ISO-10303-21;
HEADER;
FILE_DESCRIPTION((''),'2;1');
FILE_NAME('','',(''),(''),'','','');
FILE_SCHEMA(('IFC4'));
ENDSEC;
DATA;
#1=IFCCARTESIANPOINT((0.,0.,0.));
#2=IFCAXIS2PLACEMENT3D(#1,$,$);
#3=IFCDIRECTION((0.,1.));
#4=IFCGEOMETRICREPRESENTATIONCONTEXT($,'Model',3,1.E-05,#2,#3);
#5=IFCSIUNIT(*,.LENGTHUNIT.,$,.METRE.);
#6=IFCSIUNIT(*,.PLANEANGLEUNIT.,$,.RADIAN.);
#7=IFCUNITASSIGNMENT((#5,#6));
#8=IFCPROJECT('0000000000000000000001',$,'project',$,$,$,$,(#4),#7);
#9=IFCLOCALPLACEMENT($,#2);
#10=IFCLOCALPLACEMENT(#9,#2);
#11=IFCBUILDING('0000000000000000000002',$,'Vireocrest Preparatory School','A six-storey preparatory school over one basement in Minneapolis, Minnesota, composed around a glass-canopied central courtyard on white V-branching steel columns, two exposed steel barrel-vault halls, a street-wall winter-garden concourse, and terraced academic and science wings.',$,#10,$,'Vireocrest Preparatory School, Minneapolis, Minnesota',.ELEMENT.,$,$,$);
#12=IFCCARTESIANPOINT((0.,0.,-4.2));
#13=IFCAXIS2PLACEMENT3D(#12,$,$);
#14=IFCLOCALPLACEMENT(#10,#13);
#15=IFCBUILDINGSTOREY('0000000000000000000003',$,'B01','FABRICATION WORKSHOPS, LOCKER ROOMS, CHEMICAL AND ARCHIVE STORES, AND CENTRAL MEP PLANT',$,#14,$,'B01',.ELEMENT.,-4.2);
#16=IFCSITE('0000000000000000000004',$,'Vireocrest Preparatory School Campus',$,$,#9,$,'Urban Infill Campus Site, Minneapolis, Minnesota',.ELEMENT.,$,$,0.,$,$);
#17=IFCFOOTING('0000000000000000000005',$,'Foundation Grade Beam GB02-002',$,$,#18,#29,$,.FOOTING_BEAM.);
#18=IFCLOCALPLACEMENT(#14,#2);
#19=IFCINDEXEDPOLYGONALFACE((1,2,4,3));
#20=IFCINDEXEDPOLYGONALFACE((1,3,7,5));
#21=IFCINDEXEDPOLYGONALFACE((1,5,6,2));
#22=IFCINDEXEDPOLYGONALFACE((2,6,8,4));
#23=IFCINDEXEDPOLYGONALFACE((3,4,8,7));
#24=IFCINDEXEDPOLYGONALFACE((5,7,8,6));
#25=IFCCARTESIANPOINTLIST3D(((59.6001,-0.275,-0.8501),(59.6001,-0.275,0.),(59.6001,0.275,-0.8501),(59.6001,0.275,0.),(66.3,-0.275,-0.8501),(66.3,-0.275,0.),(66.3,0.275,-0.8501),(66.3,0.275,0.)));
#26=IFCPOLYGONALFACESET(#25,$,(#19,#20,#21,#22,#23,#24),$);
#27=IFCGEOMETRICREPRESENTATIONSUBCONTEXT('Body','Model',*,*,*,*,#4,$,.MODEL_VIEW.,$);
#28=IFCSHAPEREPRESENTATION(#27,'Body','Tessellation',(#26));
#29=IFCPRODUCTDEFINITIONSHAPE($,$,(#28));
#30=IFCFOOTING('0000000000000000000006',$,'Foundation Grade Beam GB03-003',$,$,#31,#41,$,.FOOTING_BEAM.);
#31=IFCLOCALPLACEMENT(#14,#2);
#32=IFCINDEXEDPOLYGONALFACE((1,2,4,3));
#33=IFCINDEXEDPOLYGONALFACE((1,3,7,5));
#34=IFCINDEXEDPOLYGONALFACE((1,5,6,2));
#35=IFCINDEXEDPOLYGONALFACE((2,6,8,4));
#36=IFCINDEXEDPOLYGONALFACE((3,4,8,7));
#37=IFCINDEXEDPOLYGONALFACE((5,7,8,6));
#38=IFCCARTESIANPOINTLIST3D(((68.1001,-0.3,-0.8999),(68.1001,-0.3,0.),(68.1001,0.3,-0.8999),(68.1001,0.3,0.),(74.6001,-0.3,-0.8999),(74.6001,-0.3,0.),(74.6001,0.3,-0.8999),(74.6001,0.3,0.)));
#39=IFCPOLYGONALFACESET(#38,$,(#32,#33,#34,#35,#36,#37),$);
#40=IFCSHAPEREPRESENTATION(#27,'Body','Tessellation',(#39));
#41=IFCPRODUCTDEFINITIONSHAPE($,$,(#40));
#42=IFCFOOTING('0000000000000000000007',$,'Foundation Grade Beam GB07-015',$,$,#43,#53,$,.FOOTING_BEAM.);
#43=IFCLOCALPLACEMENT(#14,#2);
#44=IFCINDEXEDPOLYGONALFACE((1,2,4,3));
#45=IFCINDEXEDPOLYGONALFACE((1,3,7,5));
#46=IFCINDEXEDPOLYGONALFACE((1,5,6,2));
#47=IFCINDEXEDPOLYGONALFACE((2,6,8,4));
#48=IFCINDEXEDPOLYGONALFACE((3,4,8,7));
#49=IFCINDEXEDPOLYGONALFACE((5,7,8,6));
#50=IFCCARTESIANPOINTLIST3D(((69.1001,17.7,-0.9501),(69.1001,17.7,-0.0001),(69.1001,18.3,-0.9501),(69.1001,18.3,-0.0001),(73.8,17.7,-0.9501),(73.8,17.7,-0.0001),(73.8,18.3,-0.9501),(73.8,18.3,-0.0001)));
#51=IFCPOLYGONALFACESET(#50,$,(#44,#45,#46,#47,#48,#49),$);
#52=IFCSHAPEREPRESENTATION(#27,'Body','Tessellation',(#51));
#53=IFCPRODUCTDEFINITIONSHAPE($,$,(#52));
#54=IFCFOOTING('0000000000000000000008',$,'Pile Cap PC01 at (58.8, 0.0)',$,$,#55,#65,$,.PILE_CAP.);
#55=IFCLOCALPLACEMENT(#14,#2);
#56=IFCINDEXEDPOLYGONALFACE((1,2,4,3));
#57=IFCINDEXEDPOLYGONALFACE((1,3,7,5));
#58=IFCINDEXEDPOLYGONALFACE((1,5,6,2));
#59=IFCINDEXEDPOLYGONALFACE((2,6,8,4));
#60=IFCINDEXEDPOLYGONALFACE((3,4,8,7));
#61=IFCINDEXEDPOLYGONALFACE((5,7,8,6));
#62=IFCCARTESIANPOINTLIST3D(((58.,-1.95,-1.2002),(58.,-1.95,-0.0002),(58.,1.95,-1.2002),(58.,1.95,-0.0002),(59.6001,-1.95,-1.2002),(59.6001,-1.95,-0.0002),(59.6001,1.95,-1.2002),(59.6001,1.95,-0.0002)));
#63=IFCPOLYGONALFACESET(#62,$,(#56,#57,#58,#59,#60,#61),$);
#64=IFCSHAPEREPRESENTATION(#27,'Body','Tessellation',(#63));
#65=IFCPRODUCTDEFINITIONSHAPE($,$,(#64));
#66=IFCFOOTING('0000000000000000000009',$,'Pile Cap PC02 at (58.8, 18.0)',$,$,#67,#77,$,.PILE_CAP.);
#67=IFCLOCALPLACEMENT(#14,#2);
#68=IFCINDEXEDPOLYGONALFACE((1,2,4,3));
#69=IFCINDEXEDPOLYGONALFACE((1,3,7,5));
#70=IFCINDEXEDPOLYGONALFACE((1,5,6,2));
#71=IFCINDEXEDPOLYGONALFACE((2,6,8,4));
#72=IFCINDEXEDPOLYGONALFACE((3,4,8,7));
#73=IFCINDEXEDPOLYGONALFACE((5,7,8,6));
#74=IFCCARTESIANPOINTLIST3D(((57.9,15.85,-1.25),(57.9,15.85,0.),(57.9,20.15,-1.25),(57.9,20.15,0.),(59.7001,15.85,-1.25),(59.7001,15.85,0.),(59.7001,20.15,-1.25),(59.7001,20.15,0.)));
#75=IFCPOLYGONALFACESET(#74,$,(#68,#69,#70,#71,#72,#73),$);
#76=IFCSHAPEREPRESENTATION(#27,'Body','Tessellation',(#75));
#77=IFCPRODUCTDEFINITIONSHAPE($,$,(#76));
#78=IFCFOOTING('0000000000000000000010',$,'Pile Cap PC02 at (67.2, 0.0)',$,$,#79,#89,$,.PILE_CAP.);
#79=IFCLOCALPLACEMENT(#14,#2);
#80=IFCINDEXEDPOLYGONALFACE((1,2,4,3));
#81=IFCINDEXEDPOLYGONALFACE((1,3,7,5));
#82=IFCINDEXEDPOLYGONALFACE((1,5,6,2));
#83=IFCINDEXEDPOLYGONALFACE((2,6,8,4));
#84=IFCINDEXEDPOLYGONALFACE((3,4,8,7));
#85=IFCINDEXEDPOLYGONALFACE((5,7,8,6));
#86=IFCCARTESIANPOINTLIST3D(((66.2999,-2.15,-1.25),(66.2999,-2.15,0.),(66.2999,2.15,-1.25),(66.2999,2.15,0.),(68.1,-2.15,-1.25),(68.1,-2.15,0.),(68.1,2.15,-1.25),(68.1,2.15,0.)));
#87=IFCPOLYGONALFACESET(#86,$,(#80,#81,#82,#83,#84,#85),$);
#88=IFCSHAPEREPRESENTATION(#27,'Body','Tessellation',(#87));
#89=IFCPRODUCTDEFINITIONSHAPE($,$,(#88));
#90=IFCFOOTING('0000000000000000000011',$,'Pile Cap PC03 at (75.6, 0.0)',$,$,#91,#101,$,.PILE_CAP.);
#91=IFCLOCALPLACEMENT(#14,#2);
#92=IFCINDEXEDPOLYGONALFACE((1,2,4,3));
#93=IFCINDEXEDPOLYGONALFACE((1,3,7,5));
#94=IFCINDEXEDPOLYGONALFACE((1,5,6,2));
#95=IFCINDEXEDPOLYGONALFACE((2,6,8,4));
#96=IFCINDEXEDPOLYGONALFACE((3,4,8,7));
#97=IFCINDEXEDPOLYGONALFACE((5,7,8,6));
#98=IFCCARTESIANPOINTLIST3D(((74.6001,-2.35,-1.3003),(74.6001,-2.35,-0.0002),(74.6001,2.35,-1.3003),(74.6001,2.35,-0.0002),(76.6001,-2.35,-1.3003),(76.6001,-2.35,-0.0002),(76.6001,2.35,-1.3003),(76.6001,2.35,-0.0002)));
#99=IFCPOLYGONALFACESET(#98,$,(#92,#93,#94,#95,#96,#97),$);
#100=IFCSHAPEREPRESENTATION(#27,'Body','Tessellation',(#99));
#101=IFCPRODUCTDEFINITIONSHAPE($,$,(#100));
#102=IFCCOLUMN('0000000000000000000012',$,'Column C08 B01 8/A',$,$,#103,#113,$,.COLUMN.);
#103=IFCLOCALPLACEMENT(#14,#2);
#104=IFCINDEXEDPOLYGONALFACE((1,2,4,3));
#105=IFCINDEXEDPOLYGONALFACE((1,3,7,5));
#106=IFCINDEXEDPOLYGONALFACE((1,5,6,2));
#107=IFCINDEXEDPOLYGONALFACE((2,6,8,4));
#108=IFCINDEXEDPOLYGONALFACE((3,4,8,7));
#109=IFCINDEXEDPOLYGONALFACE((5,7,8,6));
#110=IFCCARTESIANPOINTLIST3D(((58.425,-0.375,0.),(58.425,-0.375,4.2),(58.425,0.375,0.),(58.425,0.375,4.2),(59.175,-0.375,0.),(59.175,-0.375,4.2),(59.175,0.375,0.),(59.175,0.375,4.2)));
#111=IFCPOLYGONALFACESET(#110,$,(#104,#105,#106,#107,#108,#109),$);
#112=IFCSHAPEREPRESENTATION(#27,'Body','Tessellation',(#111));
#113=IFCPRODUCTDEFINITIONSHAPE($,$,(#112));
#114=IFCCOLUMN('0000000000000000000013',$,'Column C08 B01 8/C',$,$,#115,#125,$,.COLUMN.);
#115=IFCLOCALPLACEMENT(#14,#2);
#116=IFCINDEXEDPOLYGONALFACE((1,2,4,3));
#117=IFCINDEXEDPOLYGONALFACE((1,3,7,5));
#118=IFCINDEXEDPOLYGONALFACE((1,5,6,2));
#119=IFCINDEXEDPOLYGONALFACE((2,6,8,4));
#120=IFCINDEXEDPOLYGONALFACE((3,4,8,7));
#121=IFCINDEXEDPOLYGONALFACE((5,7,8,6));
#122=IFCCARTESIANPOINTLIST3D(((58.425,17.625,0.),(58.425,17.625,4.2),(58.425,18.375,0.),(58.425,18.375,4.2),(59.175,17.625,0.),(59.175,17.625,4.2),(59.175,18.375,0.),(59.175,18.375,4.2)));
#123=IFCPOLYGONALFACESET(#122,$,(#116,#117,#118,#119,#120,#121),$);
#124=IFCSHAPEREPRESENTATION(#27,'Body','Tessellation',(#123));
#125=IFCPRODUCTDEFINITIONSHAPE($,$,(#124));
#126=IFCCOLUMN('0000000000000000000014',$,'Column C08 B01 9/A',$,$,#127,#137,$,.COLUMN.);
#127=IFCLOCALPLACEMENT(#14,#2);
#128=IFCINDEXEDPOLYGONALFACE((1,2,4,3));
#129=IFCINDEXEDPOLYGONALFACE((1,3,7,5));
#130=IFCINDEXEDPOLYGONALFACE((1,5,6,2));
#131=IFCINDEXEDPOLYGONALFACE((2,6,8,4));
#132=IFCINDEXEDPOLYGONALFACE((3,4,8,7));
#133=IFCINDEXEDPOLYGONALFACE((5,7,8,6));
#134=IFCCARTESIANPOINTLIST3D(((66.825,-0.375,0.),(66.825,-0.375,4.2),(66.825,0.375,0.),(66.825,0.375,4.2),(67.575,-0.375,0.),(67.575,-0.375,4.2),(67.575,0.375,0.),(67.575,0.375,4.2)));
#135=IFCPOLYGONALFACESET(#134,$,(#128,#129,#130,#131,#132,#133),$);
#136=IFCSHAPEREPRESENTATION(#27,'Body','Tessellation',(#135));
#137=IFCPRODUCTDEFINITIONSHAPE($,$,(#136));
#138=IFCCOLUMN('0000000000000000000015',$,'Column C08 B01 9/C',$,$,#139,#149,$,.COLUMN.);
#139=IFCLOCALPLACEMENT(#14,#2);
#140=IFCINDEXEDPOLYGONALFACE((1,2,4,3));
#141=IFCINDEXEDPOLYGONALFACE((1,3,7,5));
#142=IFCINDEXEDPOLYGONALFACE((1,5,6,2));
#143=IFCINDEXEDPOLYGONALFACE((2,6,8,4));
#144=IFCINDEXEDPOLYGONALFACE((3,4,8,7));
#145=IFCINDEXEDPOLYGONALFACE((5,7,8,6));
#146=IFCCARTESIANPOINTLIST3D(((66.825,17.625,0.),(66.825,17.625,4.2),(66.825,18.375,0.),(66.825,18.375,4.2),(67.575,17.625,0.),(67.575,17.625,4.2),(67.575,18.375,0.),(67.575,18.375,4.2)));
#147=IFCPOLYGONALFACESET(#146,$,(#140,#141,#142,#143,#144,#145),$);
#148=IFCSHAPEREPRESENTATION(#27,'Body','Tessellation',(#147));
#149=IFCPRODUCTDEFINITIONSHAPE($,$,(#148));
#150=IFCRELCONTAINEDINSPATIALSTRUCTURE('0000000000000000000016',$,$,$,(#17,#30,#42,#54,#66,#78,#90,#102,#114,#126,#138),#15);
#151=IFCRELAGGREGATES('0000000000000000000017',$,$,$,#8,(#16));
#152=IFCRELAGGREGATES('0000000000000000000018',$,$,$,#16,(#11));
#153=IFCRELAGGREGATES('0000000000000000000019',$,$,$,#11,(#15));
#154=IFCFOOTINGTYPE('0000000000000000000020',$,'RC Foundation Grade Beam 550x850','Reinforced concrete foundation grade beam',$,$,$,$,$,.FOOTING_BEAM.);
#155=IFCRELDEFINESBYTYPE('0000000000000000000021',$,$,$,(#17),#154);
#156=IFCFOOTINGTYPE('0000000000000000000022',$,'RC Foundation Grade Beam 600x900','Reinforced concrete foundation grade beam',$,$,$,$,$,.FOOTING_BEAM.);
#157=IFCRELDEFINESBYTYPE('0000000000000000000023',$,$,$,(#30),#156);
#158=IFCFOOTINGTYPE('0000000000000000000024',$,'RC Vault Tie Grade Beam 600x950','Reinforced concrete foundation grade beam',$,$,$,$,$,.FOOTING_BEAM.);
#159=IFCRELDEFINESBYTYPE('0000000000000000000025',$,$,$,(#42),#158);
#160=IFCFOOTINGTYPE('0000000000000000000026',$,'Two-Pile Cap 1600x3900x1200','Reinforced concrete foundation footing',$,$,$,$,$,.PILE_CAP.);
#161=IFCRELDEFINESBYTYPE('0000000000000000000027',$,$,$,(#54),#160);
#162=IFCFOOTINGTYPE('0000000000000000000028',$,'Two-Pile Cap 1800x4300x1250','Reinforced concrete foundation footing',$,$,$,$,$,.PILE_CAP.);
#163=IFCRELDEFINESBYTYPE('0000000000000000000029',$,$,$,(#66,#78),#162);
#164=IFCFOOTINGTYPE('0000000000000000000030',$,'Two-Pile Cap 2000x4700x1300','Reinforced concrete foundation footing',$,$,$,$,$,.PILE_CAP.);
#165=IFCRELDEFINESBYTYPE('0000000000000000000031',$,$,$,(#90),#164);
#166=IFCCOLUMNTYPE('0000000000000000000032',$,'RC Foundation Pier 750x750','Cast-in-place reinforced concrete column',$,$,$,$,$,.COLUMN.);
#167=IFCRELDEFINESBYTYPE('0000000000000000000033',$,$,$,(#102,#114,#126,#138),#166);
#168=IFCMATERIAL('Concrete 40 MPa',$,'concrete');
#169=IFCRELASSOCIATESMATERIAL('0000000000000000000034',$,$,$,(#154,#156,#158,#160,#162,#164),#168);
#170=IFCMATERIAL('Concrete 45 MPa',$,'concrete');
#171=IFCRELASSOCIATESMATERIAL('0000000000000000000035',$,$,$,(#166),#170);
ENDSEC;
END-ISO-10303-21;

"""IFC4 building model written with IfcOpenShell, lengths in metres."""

from ifc_helpers import new_model, si_unit, direction, frame, origin, origin_2d, place, context, subcontext, project, spatial, rectangle, extrude, material, material_profile, profile_set, type_object, element, save


model = new_model("IFC4")

# Units and contexts
model_context = context("Model", 3, precision=1e-05, world=origin(), true_north=direction((0.0, 1.0)))
body_context = subcontext(model_context, "Body", "Model", "MODEL_VIEW")
ifc_project = project(units=[si_unit("LENGTHUNIT", "METRE"), si_unit("PLANEANGLEUNIT", "RADIAN")], contexts=[model_context])

# Site, building, storey
site_placement = place(None, origin())
site = spatial("IfcSite", under=ifc_project, at=site_placement, Name="Vireocrest Preparatory School Campus", LongName="Urban Infill Campus Site, Minneapolis, Minnesota", CompositionType="ELEMENT", RefElevation=0.0)
building_placement = place(site_placement, origin())
building = spatial("IfcBuilding", under=site, at=building_placement, Name="Vireocrest Preparatory School", Description="A six-storey preparatory school over one basement in Minneapolis, Minnesota, composed around a glass-canopied central courtyard on white V-branching steel columns, two exposed steel barrel-vault halls, a street-wall winter-garden concourse, and terraced academic and science wings.", LongName="Vireocrest Preparatory School, Minneapolis, Minnesota", CompositionType="ELEMENT")
storey_placement = place(building_placement, frame((0.0, 0.0, -4.2)))
storey = spatial("IfcBuildingStorey", under=building, at=storey_placement, Name="B01", Description="FABRICATION WORKSHOPS, LOCKER ROOMS, CHEMICAL AND ARCHIVE STORES, AND CENTRAL MEP PLANT", LongName="B01", CompositionType="ELEMENT", Elevation=-4.2)

# Shared definitions
ifc_material_1 = material(Name="Concrete 40 MPa", Category="concrete")

# Footings
ifc_material_profile_1 = material_profile(ifc_material_1, rectangle(XDim=0.55, YDim=0.8501, at=origin_2d()), Name="GB 550x850")
ifc_profile_set_1 = profile_set([ifc_material_profile_1], Name="Concrete 40 MPa")
footing_type_1 = type_object("IfcFootingType", Name="RC Foundation Grade Beam 550x850", Description="Reinforced concrete foundation grade beam", PredefinedType="FOOTING_BEAM", material=ifc_profile_set_1)
footing_1_placement = place(storey_placement, frame((59.6001, 0.0, -0.425), z_axis=(1.0, 0.0, 0.0), x_axis=(0.0, 1.0, 0.0)))
element("IfcFooting", 1, at=footing_1_placement, inside=storey, type_object=footing_type_1, Name="Foundation Grade Beam GB02-002", PredefinedType="FOOTING_BEAM", context=body_context, shape_type="SweptSolid", body=[
    extrude(rectangle(XDim=0.55, YDim=0.8501, at=origin_2d()), origin(), (0.0, 0.0, 1.0), 6.7),
])
ifc_material_profile_2 = material_profile(ifc_material_1, rectangle(XDim=0.6001, YDim=0.8999, at=origin_2d()), Name="GB 600x900")
ifc_profile_set_2 = profile_set([ifc_material_profile_2], Name="Concrete 40 MPa")
footing_type_2 = type_object("IfcFootingType", Name="RC Foundation Grade Beam 600x900", Description="Reinforced concrete foundation grade beam", PredefinedType="FOOTING_BEAM", material=ifc_profile_set_2)
footing_2_placement = place(storey_placement, frame((68.1001, 0.0, -0.45), z_axis=(1.0, 0.0, 0.0), x_axis=(0.0, 1.0, 0.0)))
element("IfcFooting", 2, at=footing_2_placement, inside=storey, type_object=footing_type_2, Name="Foundation Grade Beam GB03-003", PredefinedType="FOOTING_BEAM", context=body_context, shape_type="SweptSolid", body=[
    extrude(rectangle(XDim=0.6001, YDim=0.8999, at=origin_2d()), origin(), (0.0, 0.0, 1.0), 6.5),
])
ifc_material_profile_3 = material_profile(ifc_material_1, rectangle(XDim=0.6001, YDim=0.95, at=origin_2d()), Name="GB 600x950")
ifc_profile_set_3 = profile_set([ifc_material_profile_3], Name="Concrete 40 MPa")
footing_type_3 = type_object("IfcFootingType", Name="RC Vault Tie Grade Beam 600x950", Description="Reinforced concrete foundation grade beam", PredefinedType="FOOTING_BEAM", material=ifc_profile_set_3)
footing_3_placement = place(storey_placement, frame((69.1001, 18.0, -0.4751), z_axis=(1.0, 0.0, 0.0), x_axis=(0.0, 1.0, 0.0)))
element("IfcFooting", 3, at=footing_3_placement, inside=storey, type_object=footing_type_3, Name="Foundation Grade Beam GB07-015", PredefinedType="FOOTING_BEAM", context=body_context, shape_type="SweptSolid", body=[
    extrude(rectangle(XDim=0.6001, YDim=0.95, at=origin_2d()), origin(), (0.0, 0.0, 1.0), 4.7),
])
footing_type_4 = type_object("IfcFootingType", Name="Two-Pile Cap 1600x3900x1200", Description="Reinforced concrete foundation footing", PredefinedType="PILE_CAP", material=ifc_material_1)
footing_4_placement = place(storey_placement, frame((58.8, 0.0, -1.2002), z_axis=(0.0, 0.0, 1.0), x_axis=(1.0, 0.0, 0.0)))
element("IfcFooting", 4, at=footing_4_placement, inside=storey, type_object=footing_type_4, Name="Pile Cap PC01 at (58.8, 0.0)", PredefinedType="PILE_CAP", context=body_context, shape_type="SweptSolid", body=[
    extrude(rectangle(XDim=1.6001, YDim=3.8999, at=origin_2d()), origin(), (0.0, 0.0, 1.0), 1.2),
])
footing_type_5 = type_object("IfcFootingType", Name="Two-Pile Cap 1800x4300x1250", Description="Reinforced concrete foundation footing", PredefinedType="PILE_CAP", material=ifc_material_1)
for number, where, z_axis, x_axis, name in (
    (5, (58.8, 18.0, -1.25), (0.0, 0.0, 1.0), (1.0, 0.0, 0.0), "Pile Cap PC02 at (58.8, 18.0)"),
    (6, (67.2, 0.0, -1.25), (0.0, 0.0, 1.0), (1.0, 0.0, 0.0), "Pile Cap PC02 at (67.2, 0.0)"),
):
    element("IfcFooting", number, at=place(storey_placement, frame(where, z_axis=z_axis, x_axis=x_axis)), inside=storey, type_object=footing_type_5, Name=name, PredefinedType="PILE_CAP", context=body_context, shape_type="SweptSolid", body=[
        extrude(rectangle(XDim=1.8, YDim=4.3, at=origin_2d()), origin(), (0.0, 0.0, 1.0), 1.25),
    ])
footing_type_6 = type_object("IfcFootingType", Name="Two-Pile Cap 2000x4700x1300", Description="Reinforced concrete foundation footing", PredefinedType="PILE_CAP", material=ifc_material_1)
footing_5_placement = place(storey_placement, frame((75.6001, 0.0, -1.3003), z_axis=(0.0, 0.0, 1.0), x_axis=(1.0, 0.0, 0.0)))
element("IfcFooting", 7, at=footing_5_placement, inside=storey, type_object=footing_type_6, Name="Pile Cap PC03 at (75.6, 0.0)", PredefinedType="PILE_CAP", context=body_context, shape_type="SweptSolid", body=[
    extrude(rectangle(XDim=2.0, YDim=4.7, at=origin_2d()), origin(), (0.0, 0.0, 1.0), 1.3),
])

# Columns
ifc_material_2 = material(Name="Concrete 45 MPa", Category="concrete")
ifc_material_profile_4 = material_profile(ifc_material_2, rectangle(XDim=0.75, YDim=0.75, at=origin_2d()), Name="RC 750x750")
ifc_profile_set_4 = profile_set([ifc_material_profile_4], Name="Concrete 45 MPa")
column_type = type_object("IfcColumnType", Name="RC Foundation Pier 750x750", Description="Cast-in-place reinforced concrete column", PredefinedType="COLUMN", material=ifc_profile_set_4)
for number, where, z_axis, x_axis, name in (
    (8, (58.8, 0.0, 0.0), (0.0, 0.0, 1.0), (1.0, 0.0, 0.0), "Column C08 B01 8/A"),
    (9, (58.8, 18.0, 0.0), (0.0, 0.0, 1.0), (1.0, 0.0, 0.0), "Column C08 B01 8/C"),
    (10, (67.2, 0.0, 0.0), (0.0, 0.0, 1.0), (1.0, 0.0, 0.0), "Column C08 B01 9/A"),
    (11, (67.2, 18.0, 0.0), (0.0, 0.0, 1.0), (1.0, 0.0, 0.0), "Column C08 B01 9/C"),
):
    element("IfcColumn", number, at=place(storey_placement, frame(where, z_axis=z_axis, x_axis=x_axis)), inside=storey, type_object=column_type, Name=name, PredefinedType="COLUMN", context=body_context, shape_type="SweptSolid", body=[
        extrude(rectangle(XDim=0.75, YDim=0.75, at=origin_2d()), origin(), (0.0, 0.0, 1.0), 4.2),
    ])

save(model, "model.ifc")
